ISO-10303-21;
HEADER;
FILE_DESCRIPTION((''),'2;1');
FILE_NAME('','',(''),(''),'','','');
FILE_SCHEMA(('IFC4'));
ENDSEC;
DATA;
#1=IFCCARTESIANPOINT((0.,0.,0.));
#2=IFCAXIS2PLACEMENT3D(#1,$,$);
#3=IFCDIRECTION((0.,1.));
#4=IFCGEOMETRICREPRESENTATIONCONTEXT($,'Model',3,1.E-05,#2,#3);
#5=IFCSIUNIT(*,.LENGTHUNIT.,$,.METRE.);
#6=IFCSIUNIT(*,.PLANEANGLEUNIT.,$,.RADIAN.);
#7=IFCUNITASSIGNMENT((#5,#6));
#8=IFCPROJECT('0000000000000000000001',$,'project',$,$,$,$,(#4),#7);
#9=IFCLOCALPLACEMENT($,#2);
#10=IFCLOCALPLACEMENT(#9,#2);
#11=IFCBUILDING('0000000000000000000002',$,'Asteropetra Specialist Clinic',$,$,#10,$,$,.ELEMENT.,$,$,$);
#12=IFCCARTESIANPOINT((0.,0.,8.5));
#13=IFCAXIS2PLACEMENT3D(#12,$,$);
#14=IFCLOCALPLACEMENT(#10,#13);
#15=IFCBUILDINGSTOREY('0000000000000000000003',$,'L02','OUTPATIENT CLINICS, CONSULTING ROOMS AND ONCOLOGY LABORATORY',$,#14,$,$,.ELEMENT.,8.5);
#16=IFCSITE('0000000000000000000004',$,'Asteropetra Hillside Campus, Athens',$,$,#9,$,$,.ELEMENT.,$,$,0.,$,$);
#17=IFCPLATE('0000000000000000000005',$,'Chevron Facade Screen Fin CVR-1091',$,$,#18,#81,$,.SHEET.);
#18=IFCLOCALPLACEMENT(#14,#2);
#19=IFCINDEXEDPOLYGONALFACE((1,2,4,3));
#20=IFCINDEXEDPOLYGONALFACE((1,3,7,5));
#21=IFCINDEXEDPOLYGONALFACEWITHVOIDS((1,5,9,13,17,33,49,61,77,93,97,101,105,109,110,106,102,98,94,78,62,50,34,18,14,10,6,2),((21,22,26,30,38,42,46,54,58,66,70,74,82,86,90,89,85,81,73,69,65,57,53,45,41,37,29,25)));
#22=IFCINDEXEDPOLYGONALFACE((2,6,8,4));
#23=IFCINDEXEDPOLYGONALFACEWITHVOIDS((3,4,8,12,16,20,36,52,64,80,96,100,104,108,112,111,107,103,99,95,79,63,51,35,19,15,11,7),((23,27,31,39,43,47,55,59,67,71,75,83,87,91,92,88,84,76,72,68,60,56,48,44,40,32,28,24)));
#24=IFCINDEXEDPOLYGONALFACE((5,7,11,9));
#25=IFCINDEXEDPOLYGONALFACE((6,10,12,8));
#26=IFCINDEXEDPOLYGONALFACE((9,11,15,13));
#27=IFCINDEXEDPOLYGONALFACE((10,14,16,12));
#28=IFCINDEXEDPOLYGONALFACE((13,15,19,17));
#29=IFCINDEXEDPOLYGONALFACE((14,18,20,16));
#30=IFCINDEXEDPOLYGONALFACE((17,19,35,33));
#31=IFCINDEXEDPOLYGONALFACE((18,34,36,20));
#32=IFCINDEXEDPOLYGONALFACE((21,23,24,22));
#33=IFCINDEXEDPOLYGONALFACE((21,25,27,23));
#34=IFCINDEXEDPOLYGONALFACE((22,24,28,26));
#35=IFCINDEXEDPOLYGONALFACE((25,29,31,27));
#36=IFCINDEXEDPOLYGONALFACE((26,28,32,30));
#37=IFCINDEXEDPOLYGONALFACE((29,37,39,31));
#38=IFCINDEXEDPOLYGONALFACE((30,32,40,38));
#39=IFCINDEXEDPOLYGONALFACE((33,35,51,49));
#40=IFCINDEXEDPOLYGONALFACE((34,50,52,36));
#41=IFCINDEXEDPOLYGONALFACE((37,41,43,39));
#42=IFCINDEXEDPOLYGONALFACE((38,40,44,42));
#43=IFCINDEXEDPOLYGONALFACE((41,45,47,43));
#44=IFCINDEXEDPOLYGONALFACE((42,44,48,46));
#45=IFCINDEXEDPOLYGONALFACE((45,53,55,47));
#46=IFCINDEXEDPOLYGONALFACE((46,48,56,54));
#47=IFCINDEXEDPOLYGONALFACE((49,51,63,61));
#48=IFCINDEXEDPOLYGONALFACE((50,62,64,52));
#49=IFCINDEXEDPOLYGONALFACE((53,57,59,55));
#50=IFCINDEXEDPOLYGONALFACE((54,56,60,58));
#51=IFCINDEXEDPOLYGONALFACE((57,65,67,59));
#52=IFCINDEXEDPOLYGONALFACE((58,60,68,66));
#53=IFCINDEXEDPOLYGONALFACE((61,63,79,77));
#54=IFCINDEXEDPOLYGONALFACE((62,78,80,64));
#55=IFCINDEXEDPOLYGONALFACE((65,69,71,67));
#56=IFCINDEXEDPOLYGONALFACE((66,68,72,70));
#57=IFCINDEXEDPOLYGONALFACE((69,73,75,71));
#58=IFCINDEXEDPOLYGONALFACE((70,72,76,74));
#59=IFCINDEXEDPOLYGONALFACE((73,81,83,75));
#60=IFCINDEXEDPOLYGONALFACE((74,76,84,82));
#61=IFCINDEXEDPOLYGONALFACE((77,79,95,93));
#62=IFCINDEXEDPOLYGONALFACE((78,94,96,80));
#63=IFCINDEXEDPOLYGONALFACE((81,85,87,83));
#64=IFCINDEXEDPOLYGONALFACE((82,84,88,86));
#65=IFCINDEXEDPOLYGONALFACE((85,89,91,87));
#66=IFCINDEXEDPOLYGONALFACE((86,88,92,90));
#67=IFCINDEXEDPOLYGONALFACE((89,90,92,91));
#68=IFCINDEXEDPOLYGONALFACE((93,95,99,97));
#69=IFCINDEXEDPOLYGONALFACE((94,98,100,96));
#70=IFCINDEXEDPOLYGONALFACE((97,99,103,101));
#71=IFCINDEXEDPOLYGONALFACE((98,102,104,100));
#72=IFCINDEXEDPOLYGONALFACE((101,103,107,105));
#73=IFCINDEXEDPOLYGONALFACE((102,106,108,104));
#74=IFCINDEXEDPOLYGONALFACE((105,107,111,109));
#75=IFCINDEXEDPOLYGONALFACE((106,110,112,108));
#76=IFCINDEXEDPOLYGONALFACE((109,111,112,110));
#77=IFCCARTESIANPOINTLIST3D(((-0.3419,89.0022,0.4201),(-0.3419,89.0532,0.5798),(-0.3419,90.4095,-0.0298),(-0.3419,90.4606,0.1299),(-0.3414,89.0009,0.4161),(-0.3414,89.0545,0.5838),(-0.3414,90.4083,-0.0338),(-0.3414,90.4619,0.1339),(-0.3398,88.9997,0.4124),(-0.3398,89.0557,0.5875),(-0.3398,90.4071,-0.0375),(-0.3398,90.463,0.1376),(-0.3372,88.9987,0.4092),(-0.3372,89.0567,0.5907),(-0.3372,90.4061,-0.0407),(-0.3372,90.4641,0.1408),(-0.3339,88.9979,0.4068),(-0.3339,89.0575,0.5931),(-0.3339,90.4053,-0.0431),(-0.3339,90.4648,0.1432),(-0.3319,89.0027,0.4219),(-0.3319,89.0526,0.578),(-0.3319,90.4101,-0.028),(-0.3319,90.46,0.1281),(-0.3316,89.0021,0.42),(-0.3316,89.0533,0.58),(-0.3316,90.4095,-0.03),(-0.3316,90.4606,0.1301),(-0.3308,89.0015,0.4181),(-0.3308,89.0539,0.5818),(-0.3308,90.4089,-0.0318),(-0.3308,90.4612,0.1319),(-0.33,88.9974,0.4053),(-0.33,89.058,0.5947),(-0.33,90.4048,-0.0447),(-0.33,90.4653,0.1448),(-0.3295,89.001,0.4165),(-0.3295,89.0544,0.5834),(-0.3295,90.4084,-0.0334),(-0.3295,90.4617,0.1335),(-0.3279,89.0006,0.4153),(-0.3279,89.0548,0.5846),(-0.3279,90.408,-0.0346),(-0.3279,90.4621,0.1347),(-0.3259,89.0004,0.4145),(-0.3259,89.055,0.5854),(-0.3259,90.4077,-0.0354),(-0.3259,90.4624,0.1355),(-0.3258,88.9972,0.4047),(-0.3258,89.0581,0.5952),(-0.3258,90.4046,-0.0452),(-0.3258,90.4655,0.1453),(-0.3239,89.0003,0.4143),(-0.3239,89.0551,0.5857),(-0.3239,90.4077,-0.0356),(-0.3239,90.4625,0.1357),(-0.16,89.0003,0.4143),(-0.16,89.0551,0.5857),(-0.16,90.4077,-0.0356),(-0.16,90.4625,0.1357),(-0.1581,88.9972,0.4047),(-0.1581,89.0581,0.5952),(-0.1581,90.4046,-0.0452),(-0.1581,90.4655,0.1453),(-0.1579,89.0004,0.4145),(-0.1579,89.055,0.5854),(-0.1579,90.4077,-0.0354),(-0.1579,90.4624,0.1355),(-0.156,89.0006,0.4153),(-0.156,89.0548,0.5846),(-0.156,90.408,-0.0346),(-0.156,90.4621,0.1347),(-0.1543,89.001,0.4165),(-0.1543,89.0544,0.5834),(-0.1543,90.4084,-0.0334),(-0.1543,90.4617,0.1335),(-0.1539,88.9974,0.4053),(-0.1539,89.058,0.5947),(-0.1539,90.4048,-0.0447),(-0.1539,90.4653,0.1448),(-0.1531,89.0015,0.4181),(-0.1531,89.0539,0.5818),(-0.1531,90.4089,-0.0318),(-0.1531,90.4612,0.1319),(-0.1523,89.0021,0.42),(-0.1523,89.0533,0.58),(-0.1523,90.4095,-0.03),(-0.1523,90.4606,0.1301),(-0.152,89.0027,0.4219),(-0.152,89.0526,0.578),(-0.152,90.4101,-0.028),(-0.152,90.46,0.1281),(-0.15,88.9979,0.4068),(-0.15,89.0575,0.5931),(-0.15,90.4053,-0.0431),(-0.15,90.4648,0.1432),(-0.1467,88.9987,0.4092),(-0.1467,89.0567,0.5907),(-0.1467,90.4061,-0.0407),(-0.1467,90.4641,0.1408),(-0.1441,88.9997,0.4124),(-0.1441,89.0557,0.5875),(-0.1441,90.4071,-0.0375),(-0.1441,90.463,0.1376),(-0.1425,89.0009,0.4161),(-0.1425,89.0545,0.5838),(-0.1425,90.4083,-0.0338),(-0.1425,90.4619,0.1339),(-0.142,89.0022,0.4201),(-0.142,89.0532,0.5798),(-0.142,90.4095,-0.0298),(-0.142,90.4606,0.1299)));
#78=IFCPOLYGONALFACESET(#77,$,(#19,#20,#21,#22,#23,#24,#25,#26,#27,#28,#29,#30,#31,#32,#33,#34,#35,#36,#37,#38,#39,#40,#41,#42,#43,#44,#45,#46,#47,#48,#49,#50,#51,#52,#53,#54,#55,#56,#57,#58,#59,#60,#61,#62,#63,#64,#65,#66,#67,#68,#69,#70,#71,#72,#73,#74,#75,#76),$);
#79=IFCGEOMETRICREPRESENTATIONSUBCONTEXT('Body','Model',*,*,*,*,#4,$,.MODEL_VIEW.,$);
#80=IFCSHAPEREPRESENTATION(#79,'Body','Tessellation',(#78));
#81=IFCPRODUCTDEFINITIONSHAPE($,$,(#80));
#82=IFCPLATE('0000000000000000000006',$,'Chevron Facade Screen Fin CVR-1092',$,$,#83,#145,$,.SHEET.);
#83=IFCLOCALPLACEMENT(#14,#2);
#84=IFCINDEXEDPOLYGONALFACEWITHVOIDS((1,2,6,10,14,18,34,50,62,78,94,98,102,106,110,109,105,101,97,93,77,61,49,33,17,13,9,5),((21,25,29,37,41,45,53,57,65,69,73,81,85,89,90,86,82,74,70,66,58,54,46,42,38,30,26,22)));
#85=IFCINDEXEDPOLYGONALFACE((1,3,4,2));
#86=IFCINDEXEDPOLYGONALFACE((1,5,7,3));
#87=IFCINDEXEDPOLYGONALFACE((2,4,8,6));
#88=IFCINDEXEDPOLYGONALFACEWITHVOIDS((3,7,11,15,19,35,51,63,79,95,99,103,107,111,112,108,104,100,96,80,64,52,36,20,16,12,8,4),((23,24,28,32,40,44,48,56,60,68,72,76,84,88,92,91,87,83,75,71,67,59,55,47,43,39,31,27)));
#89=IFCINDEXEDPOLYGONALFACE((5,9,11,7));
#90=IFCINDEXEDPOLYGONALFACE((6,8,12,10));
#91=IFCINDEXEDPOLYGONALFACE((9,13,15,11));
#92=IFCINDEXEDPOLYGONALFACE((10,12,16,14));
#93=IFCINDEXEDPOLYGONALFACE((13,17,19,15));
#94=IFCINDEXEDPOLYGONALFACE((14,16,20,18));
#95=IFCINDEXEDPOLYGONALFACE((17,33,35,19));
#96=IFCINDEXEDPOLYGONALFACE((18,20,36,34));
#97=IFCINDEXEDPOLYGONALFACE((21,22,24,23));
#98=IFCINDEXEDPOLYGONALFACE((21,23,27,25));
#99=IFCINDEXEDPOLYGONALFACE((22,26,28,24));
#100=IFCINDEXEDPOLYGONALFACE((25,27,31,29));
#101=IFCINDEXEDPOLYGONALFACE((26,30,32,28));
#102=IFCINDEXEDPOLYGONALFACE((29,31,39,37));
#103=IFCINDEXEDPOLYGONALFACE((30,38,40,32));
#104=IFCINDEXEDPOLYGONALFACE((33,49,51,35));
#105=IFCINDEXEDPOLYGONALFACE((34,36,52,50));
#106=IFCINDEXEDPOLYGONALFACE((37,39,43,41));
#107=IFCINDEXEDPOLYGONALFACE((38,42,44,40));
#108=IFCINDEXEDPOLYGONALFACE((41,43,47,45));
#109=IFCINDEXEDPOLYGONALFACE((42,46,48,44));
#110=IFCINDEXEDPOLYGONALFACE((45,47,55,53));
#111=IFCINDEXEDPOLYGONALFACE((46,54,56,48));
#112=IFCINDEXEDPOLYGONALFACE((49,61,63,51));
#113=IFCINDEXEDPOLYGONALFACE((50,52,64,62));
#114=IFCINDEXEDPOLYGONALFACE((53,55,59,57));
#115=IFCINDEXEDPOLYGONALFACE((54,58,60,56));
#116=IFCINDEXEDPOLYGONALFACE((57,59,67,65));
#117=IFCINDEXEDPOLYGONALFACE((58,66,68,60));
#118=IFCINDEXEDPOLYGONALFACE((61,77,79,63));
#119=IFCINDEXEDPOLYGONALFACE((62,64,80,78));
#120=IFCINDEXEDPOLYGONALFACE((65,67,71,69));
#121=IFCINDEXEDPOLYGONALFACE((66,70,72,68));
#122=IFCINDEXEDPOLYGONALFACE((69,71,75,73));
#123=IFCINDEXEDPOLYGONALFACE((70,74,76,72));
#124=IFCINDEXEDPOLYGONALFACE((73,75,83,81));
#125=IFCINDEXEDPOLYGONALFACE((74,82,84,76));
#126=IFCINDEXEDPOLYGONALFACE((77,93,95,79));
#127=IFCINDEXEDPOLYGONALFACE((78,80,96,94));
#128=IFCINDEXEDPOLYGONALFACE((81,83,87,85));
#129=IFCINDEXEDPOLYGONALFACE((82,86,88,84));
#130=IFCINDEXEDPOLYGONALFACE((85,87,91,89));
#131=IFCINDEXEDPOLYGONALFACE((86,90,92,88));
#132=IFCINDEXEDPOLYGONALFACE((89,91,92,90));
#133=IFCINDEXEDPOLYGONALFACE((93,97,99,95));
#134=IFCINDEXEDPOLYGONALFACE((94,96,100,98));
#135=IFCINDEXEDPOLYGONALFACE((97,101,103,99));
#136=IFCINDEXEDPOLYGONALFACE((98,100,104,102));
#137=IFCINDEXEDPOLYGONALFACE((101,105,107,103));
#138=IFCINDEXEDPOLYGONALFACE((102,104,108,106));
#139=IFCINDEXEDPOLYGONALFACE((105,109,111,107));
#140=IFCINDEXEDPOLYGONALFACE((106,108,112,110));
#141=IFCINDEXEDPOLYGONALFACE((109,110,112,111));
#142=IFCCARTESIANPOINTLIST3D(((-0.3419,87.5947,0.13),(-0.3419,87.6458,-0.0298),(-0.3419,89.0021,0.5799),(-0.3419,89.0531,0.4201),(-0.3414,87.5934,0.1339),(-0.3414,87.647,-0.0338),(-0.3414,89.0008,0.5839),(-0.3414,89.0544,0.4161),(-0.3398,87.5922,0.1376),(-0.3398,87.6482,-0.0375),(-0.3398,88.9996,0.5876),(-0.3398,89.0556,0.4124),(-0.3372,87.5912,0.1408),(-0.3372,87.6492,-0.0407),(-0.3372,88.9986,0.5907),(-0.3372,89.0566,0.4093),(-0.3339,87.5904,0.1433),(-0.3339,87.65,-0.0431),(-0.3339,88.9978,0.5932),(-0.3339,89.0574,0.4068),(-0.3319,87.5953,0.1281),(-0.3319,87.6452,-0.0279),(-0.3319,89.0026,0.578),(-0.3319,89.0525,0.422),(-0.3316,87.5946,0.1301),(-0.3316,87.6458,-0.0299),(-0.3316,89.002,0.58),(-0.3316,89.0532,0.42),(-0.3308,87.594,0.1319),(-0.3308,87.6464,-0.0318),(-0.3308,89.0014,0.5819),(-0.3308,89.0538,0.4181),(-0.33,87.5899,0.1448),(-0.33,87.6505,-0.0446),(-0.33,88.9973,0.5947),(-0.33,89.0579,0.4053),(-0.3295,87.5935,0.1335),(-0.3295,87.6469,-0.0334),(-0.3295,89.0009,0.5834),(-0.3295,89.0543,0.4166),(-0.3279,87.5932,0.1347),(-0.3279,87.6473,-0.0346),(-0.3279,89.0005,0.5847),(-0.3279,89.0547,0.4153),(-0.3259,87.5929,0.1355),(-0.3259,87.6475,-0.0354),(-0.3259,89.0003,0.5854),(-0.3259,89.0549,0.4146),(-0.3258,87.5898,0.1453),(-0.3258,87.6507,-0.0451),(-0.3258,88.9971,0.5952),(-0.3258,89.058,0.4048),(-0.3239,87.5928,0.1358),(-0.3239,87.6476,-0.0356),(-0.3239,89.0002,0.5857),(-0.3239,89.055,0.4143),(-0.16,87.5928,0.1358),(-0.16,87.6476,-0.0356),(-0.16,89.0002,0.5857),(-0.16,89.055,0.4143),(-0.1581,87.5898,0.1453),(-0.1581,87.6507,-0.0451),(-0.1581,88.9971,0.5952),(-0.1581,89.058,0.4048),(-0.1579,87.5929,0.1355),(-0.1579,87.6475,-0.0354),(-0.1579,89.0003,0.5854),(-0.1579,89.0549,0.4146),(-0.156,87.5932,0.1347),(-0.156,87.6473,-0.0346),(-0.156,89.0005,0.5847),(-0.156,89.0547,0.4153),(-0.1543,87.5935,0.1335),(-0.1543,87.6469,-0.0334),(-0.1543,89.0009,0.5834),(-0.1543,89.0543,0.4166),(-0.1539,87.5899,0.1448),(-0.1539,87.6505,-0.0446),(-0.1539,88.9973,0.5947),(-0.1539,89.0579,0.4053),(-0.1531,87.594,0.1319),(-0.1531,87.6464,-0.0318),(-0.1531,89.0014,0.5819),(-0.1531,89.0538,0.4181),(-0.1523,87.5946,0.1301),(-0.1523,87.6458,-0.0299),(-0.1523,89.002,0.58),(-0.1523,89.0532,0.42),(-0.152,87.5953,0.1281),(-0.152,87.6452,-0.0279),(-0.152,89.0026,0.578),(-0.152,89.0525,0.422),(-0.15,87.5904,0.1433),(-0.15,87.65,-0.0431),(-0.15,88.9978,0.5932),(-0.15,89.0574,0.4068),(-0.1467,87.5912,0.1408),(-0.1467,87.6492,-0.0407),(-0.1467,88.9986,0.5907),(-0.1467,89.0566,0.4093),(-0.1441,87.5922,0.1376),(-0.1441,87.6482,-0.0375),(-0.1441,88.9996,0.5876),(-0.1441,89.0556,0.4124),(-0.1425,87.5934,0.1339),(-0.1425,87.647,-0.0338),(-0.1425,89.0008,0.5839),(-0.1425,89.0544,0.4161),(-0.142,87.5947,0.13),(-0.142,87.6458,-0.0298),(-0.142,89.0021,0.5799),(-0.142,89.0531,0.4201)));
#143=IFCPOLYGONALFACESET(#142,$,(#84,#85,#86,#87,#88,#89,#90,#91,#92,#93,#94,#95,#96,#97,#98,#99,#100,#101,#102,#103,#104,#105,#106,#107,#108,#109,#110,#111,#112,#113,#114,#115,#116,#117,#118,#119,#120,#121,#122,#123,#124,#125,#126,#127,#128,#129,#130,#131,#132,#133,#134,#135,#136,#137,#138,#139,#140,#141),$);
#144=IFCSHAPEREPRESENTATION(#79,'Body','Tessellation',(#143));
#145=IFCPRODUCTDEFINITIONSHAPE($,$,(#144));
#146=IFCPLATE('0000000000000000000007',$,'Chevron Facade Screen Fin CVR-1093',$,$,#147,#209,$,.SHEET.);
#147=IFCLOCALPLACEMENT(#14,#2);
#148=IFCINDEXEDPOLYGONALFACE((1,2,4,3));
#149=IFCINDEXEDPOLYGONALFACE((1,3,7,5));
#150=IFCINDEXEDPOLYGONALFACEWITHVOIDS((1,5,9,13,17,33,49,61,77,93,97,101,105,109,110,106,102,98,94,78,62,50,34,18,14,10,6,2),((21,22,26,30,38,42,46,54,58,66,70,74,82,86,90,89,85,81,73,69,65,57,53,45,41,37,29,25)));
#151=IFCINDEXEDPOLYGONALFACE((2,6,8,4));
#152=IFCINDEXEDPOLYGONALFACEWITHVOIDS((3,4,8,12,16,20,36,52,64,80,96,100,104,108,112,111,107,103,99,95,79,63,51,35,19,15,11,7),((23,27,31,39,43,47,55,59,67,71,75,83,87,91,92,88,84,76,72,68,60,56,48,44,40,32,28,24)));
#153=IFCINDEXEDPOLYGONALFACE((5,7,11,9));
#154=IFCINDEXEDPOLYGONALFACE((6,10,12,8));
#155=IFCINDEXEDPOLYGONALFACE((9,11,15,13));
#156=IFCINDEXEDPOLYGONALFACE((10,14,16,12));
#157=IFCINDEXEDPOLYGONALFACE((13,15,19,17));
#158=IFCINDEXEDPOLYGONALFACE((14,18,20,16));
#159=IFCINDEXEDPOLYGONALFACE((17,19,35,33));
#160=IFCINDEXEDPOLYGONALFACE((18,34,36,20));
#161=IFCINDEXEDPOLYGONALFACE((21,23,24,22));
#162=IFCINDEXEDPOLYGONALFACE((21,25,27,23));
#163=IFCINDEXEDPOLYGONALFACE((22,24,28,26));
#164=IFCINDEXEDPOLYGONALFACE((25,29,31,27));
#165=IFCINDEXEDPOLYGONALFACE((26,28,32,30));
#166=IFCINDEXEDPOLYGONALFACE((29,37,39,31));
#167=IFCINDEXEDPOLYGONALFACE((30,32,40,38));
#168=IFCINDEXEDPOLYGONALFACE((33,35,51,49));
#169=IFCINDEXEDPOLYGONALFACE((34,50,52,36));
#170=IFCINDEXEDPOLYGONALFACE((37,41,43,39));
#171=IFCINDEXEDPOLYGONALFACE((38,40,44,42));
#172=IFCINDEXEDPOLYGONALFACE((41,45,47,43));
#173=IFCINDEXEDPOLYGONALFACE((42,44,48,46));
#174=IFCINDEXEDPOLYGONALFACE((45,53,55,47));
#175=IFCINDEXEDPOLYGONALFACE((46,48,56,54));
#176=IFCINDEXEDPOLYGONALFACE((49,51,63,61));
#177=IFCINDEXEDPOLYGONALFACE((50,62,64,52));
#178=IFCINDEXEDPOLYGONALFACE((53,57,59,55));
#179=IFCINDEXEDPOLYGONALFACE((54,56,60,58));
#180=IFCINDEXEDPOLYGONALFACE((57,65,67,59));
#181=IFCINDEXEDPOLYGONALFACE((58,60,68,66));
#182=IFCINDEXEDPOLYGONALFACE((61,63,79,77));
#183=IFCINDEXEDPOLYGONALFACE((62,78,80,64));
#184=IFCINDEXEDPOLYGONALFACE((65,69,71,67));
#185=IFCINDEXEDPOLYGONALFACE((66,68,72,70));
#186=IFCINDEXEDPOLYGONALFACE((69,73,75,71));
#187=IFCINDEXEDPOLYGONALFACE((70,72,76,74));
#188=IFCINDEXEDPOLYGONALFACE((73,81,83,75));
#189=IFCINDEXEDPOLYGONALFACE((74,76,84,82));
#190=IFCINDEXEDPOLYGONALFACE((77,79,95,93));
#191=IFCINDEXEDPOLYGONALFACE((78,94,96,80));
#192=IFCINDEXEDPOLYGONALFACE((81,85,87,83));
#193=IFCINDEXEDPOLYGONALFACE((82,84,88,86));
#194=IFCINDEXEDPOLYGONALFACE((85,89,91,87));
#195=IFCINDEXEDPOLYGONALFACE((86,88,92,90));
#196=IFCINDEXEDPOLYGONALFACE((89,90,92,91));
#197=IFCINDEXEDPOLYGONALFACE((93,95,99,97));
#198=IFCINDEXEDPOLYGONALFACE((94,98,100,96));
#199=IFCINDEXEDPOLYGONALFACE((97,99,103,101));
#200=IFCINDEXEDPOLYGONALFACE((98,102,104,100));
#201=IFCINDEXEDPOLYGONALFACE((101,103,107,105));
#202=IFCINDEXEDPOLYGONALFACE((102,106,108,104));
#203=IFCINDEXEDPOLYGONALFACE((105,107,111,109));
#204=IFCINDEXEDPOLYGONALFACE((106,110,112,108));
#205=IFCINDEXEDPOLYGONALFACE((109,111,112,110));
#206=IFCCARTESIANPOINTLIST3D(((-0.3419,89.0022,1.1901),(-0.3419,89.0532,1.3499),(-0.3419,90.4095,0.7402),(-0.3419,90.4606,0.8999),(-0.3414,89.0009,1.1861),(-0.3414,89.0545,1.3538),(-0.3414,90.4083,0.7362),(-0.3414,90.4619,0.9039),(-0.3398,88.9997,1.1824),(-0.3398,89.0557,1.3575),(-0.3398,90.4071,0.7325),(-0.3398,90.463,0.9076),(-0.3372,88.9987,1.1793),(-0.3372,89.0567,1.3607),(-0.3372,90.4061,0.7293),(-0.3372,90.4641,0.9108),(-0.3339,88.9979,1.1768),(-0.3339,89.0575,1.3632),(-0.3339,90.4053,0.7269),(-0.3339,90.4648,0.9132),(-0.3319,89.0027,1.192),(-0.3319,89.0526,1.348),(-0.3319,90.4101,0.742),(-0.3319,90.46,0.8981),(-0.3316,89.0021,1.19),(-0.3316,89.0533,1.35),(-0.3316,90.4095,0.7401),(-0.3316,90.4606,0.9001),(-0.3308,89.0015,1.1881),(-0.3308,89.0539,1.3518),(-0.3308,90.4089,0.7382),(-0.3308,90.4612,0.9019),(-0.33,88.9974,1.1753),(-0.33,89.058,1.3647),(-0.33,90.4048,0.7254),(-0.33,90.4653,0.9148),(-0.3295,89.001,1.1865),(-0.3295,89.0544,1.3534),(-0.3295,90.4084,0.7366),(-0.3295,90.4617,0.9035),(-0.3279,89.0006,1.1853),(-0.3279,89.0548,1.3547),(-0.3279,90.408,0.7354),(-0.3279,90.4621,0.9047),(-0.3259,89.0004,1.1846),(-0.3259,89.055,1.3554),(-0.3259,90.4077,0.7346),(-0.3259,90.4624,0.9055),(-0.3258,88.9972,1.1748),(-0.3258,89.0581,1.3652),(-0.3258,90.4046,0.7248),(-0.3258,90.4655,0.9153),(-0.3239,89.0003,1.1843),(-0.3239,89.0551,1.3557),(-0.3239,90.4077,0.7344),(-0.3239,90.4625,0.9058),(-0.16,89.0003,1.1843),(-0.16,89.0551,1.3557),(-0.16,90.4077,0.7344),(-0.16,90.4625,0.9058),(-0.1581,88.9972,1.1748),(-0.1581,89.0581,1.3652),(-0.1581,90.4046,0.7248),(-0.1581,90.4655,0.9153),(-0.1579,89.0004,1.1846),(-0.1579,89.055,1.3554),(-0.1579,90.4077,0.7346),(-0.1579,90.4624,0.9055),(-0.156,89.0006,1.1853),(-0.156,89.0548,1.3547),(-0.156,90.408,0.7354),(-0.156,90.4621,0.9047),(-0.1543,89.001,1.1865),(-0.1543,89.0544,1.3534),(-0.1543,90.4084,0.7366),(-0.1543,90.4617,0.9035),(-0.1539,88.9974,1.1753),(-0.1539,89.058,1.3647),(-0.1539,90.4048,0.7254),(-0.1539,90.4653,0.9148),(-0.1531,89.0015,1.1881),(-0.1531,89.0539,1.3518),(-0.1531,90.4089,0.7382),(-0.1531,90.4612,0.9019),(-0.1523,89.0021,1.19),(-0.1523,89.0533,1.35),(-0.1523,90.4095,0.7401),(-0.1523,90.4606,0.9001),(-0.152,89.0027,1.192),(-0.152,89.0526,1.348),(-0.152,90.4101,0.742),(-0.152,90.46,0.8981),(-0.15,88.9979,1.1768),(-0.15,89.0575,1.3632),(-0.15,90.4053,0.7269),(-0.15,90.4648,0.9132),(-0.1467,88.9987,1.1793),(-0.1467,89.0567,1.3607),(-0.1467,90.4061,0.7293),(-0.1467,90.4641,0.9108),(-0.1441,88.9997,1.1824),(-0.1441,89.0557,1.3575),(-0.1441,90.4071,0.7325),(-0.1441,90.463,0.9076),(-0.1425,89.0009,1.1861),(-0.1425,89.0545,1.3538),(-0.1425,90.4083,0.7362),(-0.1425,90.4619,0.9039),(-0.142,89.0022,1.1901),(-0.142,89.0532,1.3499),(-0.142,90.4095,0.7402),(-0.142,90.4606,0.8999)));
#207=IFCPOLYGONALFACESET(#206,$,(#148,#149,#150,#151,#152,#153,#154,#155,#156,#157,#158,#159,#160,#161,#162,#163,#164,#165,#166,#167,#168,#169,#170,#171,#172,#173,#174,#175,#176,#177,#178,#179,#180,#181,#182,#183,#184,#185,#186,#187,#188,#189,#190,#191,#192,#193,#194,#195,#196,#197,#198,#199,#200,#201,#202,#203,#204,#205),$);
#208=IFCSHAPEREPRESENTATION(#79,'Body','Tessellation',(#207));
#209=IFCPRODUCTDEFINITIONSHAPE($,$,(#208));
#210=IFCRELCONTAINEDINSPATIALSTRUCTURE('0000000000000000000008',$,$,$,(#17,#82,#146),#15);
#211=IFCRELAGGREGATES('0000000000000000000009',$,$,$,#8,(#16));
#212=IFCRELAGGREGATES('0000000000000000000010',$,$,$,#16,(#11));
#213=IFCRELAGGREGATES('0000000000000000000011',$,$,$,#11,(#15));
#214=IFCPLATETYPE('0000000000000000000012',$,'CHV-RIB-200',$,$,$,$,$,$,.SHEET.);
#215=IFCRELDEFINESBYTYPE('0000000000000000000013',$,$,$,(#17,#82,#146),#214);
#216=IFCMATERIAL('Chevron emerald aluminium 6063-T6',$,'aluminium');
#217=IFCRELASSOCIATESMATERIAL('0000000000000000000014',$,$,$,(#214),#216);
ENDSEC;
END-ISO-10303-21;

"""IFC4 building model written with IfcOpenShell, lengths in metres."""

from ifc_helpers import new_model, si_unit, direction, frame, origin, origin_2d, place, context, subcontext, project, spatial, hollow_rectangle, extrude, material, material_profile, profile_set, type_object, element, save


model = new_model("IFC4")

# Units and contexts
model_context = context("Model", 3, precision=1e-05, world=origin(), true_north=direction((0.0, 1.0)))
body_context = subcontext(model_context, "Body", "Model", "MODEL_VIEW")
ifc_project = project(units=[si_unit("LENGTHUNIT", "METRE"), si_unit("PLANEANGLEUNIT", "RADIAN")], contexts=[model_context])

# Site, building, storey
site_placement = place(None, origin())
site = spatial("IfcSite", under=ifc_project, at=site_placement, Name="Asteropetra Hillside Campus, Athens", CompositionType="ELEMENT", RefElevation=0.0)
building_placement = place(site_placement, origin())
building = spatial("IfcBuilding", under=site, at=building_placement, Name="Asteropetra Specialist Clinic", CompositionType="ELEMENT")
storey_placement = place(building_placement, frame((0.0, 0.0, 8.5)))
storey = spatial("IfcBuildingStorey", under=building, at=storey_placement, Name="L02", Description="OUTPATIENT CLINICS, CONSULTING ROOMS AND ONCOLOGY LABORATORY", CompositionType="ELEMENT", Elevation=8.5)

# Plates
ifc_material_1 = material(Name="Chevron emerald aluminium 6063-T6", Category="aluminium")
ifc_material_profile = material_profile(ifc_material_1, hollow_rectangle(XDim=0.2, YDim=0.2, WallThickness=0.01, InnerFilletRadius=0.0081, OuterFilletRadius=0.0161, at=origin_2d()), Name="SHS 200x200x10.0")
ifc_profile_set = profile_set([ifc_material_profile], Name="Chevron emerald aluminium 6063-T6")
plate_type_1 = type_object("IfcPlateType", Name="CHV-RIB-200", PredefinedType="SHEET", material=ifc_profile_set)
for number, where, z_axis, x_axis, name in (
    (1, (-0.2419, 90.4351, 0.05), (0.0, -0.95251, 0.304506), (1.0, 0.0, 0.0), "Chevron Facade Screen Fin CVR-1091"),
    (2, (-0.2419, 89.0276, 0.5), (0.0, -0.95251, -0.304506), (1.0, 0.0, 0.0), "Chevron Facade Screen Fin CVR-1092"),
    (3, (-0.2419, 90.4351, 0.8201), (0.0, -0.95251, 0.304506), (1.0, 0.0, 0.0), "Chevron Facade Screen Fin CVR-1093"),
):
    element("IfcPlate", number, at=place(storey_placement, frame(where, z_axis=z_axis, x_axis=x_axis)), inside=storey, type_object=plate_type_1, Name=name, PredefinedType="SHEET", context=body_context, shape_type="SweptSolid", body=[
        extrude(hollow_rectangle(XDim=0.2, YDim=0.2, WallThickness=0.01, InnerFilletRadius=0.0081, OuterFilletRadius=0.0161, at=origin_2d()), origin(), (0.0, 0.0, 1.0), 1.4775),
    ])

save(model, "model.ifc")
